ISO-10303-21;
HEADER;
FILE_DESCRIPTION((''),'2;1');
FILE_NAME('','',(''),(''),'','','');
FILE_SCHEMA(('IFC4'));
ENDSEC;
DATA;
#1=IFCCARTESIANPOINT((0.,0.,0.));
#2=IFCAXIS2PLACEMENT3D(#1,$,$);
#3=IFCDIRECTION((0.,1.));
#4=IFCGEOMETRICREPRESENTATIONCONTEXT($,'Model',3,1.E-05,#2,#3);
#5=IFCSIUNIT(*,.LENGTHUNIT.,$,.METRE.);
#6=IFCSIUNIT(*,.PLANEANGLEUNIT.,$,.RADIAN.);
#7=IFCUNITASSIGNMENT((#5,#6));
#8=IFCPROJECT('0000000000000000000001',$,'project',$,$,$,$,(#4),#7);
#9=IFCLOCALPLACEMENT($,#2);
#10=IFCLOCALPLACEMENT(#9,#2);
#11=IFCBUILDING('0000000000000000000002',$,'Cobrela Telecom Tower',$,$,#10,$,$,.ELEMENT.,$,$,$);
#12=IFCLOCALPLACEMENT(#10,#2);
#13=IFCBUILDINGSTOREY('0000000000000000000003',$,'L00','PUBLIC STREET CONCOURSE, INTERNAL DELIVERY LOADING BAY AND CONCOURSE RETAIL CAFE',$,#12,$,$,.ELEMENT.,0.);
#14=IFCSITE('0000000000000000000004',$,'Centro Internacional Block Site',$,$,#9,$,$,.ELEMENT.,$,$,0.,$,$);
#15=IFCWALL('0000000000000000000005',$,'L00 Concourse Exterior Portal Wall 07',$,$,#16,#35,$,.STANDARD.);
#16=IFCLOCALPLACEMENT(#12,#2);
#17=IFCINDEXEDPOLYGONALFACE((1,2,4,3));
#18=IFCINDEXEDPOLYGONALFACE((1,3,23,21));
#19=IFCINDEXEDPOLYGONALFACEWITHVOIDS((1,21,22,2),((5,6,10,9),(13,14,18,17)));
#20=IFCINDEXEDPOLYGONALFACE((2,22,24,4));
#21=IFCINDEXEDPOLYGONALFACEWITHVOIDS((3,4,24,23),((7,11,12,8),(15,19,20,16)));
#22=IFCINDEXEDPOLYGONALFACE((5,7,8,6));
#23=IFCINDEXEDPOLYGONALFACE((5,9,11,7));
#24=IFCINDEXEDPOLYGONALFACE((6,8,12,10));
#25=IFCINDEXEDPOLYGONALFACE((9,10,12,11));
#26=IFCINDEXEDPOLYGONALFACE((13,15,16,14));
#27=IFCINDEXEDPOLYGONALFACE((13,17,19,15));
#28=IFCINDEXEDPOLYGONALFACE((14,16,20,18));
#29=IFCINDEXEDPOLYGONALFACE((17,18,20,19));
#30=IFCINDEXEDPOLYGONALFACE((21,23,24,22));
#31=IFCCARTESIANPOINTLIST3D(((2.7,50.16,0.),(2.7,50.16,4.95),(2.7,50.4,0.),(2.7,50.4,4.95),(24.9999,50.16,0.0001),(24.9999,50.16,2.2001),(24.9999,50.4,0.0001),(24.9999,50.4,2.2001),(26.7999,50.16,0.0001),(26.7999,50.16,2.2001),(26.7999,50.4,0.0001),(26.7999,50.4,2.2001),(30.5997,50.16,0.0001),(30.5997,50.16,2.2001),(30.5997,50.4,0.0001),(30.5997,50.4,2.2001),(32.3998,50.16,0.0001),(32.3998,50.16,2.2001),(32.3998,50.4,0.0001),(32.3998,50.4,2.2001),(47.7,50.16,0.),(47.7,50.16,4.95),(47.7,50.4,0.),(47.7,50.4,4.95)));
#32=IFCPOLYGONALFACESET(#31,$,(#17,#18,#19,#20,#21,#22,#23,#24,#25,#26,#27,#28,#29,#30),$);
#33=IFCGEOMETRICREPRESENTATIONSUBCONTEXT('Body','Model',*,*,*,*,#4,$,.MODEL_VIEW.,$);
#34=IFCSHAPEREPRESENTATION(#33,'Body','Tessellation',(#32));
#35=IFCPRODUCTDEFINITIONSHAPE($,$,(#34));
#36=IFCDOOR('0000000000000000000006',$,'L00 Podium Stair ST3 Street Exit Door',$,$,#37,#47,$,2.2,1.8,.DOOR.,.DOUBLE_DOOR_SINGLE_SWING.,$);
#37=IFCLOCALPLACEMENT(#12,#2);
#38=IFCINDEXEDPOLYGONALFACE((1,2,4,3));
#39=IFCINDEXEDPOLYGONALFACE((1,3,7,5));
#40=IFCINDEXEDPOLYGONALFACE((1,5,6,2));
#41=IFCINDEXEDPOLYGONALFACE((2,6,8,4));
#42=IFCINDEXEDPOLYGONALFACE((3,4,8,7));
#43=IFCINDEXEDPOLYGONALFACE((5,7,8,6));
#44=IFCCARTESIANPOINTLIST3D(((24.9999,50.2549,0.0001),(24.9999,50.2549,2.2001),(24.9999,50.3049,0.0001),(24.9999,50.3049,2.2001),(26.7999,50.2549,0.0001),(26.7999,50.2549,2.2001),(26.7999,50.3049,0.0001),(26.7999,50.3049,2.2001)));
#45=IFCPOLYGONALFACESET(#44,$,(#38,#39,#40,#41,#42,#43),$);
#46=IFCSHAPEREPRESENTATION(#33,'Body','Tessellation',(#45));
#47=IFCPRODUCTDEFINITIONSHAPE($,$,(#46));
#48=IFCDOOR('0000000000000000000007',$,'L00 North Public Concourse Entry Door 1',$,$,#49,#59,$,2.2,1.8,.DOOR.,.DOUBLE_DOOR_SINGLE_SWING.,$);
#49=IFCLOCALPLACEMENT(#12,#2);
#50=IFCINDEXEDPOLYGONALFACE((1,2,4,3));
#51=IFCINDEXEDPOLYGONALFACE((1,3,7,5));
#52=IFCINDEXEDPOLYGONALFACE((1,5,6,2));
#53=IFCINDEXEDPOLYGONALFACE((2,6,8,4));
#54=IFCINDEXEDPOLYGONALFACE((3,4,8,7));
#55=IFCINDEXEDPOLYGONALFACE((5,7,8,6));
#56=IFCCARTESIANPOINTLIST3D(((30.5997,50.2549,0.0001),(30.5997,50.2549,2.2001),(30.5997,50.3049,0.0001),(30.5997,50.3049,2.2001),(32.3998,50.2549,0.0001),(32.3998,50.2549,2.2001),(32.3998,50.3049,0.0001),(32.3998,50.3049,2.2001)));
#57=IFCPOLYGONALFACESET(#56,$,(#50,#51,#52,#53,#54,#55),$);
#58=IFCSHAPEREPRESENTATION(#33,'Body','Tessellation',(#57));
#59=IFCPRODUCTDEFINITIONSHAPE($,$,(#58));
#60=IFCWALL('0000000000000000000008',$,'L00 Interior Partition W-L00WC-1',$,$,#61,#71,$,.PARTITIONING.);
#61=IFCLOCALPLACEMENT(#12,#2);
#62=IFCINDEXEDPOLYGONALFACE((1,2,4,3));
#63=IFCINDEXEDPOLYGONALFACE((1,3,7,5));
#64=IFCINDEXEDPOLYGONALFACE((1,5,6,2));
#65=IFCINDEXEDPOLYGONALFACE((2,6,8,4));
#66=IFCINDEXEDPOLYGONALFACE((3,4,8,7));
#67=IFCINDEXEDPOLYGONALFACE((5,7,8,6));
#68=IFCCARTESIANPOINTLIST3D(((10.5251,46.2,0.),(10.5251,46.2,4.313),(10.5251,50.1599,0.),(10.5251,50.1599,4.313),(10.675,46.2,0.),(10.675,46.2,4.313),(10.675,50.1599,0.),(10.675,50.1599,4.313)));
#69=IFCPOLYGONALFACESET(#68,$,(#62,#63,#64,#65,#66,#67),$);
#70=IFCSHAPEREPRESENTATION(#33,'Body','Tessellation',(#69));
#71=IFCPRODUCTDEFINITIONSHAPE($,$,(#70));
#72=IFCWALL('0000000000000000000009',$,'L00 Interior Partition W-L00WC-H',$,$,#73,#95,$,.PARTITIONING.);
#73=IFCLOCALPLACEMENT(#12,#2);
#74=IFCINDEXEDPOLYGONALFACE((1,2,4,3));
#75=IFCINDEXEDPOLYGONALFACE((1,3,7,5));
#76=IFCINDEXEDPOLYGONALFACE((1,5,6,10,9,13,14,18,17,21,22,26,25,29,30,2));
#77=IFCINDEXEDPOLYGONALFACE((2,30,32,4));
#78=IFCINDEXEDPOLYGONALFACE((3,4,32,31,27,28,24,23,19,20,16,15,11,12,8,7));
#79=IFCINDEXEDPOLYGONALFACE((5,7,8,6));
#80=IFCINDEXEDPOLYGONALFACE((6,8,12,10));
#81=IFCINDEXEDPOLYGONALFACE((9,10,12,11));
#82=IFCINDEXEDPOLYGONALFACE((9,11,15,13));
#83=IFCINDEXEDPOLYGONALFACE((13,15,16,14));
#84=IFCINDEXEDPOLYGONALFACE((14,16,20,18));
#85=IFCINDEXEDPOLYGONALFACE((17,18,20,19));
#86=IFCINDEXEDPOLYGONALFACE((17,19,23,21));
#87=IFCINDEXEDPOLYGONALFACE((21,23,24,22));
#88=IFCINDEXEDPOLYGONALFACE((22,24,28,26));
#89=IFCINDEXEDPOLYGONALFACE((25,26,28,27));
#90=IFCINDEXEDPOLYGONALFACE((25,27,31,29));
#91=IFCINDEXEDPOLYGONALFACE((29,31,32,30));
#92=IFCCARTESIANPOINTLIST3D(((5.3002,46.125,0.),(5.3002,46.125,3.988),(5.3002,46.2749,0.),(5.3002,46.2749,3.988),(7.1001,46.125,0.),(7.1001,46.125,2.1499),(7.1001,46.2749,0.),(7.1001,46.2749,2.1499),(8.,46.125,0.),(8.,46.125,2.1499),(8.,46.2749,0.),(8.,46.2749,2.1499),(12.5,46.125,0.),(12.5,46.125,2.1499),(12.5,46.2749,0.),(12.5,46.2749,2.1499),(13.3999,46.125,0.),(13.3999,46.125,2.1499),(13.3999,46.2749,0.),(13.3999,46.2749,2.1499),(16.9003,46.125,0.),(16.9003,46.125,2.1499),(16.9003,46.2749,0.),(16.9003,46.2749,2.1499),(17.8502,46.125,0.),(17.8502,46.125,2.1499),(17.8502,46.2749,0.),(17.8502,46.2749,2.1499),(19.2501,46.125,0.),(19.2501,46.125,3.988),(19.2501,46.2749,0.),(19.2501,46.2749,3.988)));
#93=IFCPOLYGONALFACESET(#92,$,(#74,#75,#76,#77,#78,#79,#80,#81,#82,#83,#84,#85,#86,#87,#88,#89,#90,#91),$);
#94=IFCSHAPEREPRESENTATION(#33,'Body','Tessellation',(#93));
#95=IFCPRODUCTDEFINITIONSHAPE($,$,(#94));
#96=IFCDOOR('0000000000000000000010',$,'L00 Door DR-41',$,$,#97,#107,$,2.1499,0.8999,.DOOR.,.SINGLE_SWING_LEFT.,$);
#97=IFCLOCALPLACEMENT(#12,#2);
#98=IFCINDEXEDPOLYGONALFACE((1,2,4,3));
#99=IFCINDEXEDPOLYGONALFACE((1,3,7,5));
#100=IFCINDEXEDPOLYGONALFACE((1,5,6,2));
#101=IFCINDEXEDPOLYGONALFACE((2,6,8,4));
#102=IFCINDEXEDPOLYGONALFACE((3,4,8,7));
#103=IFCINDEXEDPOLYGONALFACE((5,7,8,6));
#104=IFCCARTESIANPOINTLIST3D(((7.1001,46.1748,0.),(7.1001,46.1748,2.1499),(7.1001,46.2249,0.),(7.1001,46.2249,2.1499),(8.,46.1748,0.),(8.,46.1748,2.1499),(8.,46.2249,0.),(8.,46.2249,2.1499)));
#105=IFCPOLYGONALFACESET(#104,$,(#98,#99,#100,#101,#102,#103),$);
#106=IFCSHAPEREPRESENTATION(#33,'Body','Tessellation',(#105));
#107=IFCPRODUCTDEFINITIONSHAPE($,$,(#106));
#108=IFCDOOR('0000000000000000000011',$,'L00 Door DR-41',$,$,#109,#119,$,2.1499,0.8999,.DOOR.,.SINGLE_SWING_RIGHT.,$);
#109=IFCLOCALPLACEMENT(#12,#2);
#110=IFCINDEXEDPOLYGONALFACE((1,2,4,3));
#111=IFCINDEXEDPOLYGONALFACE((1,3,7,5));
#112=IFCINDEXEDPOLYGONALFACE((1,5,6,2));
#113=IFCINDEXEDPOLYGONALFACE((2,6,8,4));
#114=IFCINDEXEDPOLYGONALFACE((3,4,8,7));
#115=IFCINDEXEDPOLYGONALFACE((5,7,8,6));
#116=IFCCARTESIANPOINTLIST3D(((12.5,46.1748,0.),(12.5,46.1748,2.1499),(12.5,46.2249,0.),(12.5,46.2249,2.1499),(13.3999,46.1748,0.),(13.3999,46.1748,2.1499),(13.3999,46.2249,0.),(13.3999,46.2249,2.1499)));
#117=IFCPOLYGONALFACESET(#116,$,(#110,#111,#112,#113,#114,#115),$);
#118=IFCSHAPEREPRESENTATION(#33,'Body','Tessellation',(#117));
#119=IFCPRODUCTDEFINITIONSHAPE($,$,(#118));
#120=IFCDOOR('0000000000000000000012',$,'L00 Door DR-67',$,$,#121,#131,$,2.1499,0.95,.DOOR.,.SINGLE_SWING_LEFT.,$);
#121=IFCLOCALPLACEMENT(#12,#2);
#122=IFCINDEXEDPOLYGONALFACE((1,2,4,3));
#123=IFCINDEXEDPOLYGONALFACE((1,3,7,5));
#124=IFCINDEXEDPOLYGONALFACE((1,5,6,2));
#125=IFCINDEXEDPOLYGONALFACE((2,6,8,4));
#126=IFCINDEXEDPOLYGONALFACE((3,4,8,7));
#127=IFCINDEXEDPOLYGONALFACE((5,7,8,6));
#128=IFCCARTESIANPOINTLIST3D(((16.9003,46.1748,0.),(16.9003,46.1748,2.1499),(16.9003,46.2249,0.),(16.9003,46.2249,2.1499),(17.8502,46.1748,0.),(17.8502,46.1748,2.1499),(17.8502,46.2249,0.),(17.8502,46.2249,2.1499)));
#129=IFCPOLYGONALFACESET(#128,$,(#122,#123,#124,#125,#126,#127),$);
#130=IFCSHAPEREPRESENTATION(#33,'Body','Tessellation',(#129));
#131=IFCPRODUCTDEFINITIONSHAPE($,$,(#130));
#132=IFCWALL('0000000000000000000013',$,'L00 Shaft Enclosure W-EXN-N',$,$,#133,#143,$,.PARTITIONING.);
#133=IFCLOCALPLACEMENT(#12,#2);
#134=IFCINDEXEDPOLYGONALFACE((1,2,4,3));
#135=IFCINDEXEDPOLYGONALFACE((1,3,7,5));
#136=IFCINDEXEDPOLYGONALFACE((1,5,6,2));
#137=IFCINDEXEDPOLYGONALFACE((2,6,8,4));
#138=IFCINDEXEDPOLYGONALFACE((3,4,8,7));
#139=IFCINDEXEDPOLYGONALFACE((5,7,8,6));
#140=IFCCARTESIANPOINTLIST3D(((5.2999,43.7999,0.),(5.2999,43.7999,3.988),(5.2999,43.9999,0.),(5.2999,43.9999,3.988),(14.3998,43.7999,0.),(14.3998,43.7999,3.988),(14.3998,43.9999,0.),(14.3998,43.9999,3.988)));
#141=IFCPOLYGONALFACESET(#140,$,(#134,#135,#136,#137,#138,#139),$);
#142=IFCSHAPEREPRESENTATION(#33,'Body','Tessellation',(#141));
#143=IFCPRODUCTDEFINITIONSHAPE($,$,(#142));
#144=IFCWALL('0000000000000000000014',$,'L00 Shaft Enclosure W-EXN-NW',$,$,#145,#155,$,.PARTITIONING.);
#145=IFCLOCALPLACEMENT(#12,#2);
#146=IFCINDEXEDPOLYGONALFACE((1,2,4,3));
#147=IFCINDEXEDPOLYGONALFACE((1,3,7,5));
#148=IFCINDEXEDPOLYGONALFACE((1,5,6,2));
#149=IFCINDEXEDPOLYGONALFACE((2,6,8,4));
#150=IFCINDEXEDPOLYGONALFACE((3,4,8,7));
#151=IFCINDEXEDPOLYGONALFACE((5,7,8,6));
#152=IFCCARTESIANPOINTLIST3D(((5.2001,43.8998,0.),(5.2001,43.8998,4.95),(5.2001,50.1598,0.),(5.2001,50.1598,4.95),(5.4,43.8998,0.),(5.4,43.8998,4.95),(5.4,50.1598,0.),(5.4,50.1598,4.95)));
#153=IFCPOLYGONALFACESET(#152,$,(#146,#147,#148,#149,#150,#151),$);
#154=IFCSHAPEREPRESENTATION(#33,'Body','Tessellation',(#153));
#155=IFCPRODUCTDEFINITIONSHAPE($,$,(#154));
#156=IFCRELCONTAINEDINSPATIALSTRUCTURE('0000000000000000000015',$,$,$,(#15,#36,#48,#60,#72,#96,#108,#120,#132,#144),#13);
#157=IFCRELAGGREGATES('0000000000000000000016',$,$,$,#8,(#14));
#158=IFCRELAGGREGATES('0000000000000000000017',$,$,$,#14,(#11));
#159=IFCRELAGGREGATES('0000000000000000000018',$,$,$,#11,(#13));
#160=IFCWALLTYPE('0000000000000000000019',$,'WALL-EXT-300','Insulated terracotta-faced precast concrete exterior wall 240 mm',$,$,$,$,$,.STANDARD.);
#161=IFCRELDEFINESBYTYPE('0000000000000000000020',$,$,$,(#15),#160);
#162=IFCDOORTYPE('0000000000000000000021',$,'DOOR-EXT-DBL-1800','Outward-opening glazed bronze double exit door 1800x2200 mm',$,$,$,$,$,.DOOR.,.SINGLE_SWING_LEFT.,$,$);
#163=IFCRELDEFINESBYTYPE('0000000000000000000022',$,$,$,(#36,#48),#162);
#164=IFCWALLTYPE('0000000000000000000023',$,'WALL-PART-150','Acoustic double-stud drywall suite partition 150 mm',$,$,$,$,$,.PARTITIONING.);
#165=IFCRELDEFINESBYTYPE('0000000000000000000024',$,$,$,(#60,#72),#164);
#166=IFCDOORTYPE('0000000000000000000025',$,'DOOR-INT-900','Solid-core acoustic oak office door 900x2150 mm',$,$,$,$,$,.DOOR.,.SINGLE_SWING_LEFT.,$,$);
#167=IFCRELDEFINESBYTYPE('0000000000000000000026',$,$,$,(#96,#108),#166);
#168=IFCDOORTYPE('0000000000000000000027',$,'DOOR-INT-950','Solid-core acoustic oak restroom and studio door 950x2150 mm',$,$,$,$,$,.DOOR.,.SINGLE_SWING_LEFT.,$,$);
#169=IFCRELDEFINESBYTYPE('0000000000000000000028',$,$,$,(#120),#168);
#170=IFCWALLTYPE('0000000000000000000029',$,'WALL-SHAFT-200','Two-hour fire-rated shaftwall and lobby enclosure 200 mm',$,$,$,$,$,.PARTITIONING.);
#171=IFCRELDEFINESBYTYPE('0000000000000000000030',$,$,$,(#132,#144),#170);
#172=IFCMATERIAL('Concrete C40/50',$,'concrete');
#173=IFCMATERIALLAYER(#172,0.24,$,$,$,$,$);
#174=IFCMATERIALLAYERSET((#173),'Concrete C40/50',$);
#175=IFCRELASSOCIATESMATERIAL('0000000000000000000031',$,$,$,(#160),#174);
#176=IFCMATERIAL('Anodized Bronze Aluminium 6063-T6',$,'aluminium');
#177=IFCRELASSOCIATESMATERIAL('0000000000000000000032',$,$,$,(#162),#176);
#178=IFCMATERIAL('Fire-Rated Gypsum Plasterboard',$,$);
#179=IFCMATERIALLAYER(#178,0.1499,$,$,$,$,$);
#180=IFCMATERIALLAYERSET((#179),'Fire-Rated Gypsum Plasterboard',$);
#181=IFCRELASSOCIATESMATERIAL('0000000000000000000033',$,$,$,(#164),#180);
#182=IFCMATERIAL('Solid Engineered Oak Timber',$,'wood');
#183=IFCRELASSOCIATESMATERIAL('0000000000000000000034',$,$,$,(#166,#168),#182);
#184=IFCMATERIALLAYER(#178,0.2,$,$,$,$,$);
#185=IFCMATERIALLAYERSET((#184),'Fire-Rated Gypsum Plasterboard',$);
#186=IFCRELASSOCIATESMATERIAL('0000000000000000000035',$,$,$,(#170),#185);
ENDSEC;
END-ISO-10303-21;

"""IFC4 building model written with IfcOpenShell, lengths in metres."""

from ifc_helpers import new_model, si_unit, direction, frame, frame_2d, origin, place, context, subcontext, project, spatial, rectangle, extrude, material, layer, layer_set, type_object, element, fill, save


model = new_model("IFC4")

# Units and contexts
model_context = context("Model", 3, precision=1e-05, world=origin(), true_north=direction((0.0, 1.0)))
body_context = subcontext(model_context, "Body", "Model", "MODEL_VIEW")
ifc_project = project(units=[si_unit("LENGTHUNIT", "METRE"), si_unit("PLANEANGLEUNIT", "RADIAN")], contexts=[model_context])

# Site, building, storey
site_placement = place(None, origin())
site = spatial("IfcSite", under=ifc_project, at=site_placement, Name="Centro Internacional Block Site", CompositionType="ELEMENT", RefElevation=0.0)
building_placement = place(site_placement, origin())
building = spatial("IfcBuilding", under=site, at=building_placement, Name="Cobrela Telecom Tower", CompositionType="ELEMENT")
storey_placement = place(building_placement, origin())
storey = spatial("IfcBuildingStorey", under=building, at=storey_placement, Name="L00", Description="PUBLIC STREET CONCOURSE, INTERNAL DELIVERY LOADING BAY AND CONCOURSE RETAIL CAFE", CompositionType="ELEMENT", Elevation=0.0)

# Shared definitions
ifc_material_1 = material(Name="Concrete C40/50", Category="concrete")

# Shared definitions
ifc_layer_1 = layer(ifc_material_1, 0.24)
ifc_layer_set_1 = layer_set([ifc_layer_1], Name="Concrete C40/50")
wall_type_1 = type_object("IfcWallType", Name="WALL-EXT-300", Description="Insulated terracotta-faced precast concrete exterior wall 240 mm", PredefinedType="STANDARD", material=ifc_layer_set_1)
ifc_material_2 = material(Name="Anodized Bronze Aluminium 6063-T6", Category="aluminium")

# Wall, openings, doors
wall_1_placement = place(storey_placement, frame((2.7, 50.28, 0.0), z_axis=(0.0, 0.0, 1.0), x_axis=(1.0, 0.0, 0.0)))
wall_1 = element("IfcWall", 1, at=wall_1_placement, inside=storey, type_object=wall_type_1, Name="L00 Concourse Exterior Portal Wall 07", PredefinedType="STANDARD", context=body_context, shape_type="SweptSolid", body=[
    extrude(rectangle(XDim=45.0, YDim=0.24, at=frame_2d((22.5, 0.0))), origin(), (0.0, 0.0, 1.0), 4.95),
])
opening_1_placement = place(wall_1_placement, frame((22.3, 0.0, 0.0)))
opening_1 = element("IfcOpeningElement", 2, at=opening_1_placement, cuts=wall_1, PredefinedType="OPENING", context=body_context, shape_type="SweptSolid", body=[
    extrude(rectangle(XDim=1.8, YDim=2.2, at=frame_2d((0.8999, 1.1001))), frame((0.0, 0.1318, 0.0), z_axis=(0.0, -1.0, 0.0), x_axis=(1.0, 0.0, 0.0)), (0.0, 0.0, 1.0), 0.2639),
])
opening_2_placement = place(wall_1_placement, frame((27.8999, 0.0, 0.0)))
opening_2 = element("IfcOpeningElement", 3, at=opening_2_placement, cuts=wall_1, PredefinedType="OPENING", context=body_context, shape_type="SweptSolid", body=[
    extrude(rectangle(XDim=1.8, YDim=2.2, at=frame_2d((0.8999, 1.1001))), frame((0.0, 0.1318, 0.0), z_axis=(0.0, -1.0, 0.0), x_axis=(1.0, 0.0, 0.0)), (0.0, 0.0, 1.0), 0.2639),
])
door_type_1 = type_object("IfcDoorType", Name="DOOR-EXT-DBL-1800", Description="Outward-opening glazed bronze double exit door 1800x2200 mm", OperationType="SINGLE_SWING_LEFT", PredefinedType="DOOR", material=ifc_material_2)
door_1_placement = place(opening_1_placement, origin())
door_1 = element("IfcDoor", 4, at=door_1_placement, inside=storey, type_object=door_type_1, Name="L00 Podium Stair ST3 Street Exit Door", OperationType="DOUBLE_DOOR_SINGLE_SWING", OverallHeight=2.2, OverallWidth=1.8, PredefinedType="DOOR", context=body_context, shape_type="SweptSolid", body=[
    extrude(rectangle(XDim=1.8, YDim=2.2, at=frame_2d((0.8999, 1.1001))), frame((0.0, 0.0249, 0.0), z_axis=(0.0, -1.0, 0.0), x_axis=(1.0, 0.0, 0.0)), (0.0, 0.0, 1.0), 0.05),
])
fill(opening_1, door_1)
door_2_placement = place(opening_2_placement, origin())
door_2 = element("IfcDoor", 5, at=door_2_placement, inside=storey, type_object=door_type_1, Name="L00 North Public Concourse Entry Door 1", OperationType="DOUBLE_DOOR_SINGLE_SWING", OverallHeight=2.2, OverallWidth=1.8, PredefinedType="DOOR", context=body_context, shape_type="SweptSolid", body=[
    extrude(rectangle(XDim=1.8, YDim=2.2, at=frame_2d((0.8999, 1.1001))), frame((0.0, 0.0249, 0.0), z_axis=(0.0, -1.0, 0.0), x_axis=(1.0, 0.0, 0.0)), (0.0, 0.0, 1.0), 0.05),
])
fill(opening_2, door_2)

# Wall
ifc_material_3 = material(Name="Fire-Rated Gypsum Plasterboard")
ifc_layer_2 = layer(ifc_material_3, 0.1499)
ifc_layer_set_2 = layer_set([ifc_layer_2], Name="Fire-Rated Gypsum Plasterboard")
wall_type_2 = type_object("IfcWallType", Name="WALL-PART-150", Description="Acoustic double-stud drywall suite partition 150 mm", PredefinedType="PARTITIONING", material=ifc_layer_set_2)
wall_2_placement = place(storey_placement, frame((10.6001, 46.2, 0.0), z_axis=(0.0, 0.0, 1.0), x_axis=(0.0, 1.0, 0.0)))
element("IfcWall", 6, at=wall_2_placement, inside=storey, type_object=wall_type_2, Name="L00 Interior Partition W-L00WC-1", PredefinedType="PARTITIONING", context=body_context, shape_type="SweptSolid", body=[
    extrude(rectangle(XDim=3.96, YDim=0.1499, at=frame_2d((1.98, 0.0))), origin(), (0.0, 0.0, 1.0), 4.313),
])

# Wall, openings, doors
wall_3_placement = place(storey_placement, frame((5.3, 46.2, 0.0), z_axis=(0.0, 0.0, 1.0), x_axis=(1.0, 0.0, 0.0)))
wall_3 = element("IfcWall", 7, at=wall_3_placement, inside=storey, type_object=wall_type_2, Name="L00 Interior Partition W-L00WC-H", PredefinedType="PARTITIONING", context=body_context, shape_type="SweptSolid", body=[
    extrude(rectangle(XDim=13.95, YDim=0.1499, at=frame_2d((6.9751, 0.0))), origin(), (0.0, 0.0, 1.0), 3.988),
])
opening_3_placement = place(wall_3_placement, frame((1.8, 0.0, 0.0)))
opening_3 = element("IfcOpeningElement", 8, at=opening_3_placement, cuts=wall_3, PredefinedType="OPENING", context=body_context, shape_type="SweptSolid", body=[
    extrude(rectangle(XDim=0.8999, YDim=2.1499, at=frame_2d((0.45, 1.075))), frame((0.0, 0.0869, 0.0), z_axis=(0.0, -1.0, 0.0), x_axis=(1.0, 0.0, 0.0)), (0.0, 0.0, 1.0), 0.1738),
])
opening_4_placement = place(wall_3_placement, frame((7.2, 0.0, 0.0)))
opening_4 = element("IfcOpeningElement", 9, at=opening_4_placement, cuts=wall_3, PredefinedType="OPENING", context=body_context, shape_type="SweptSolid", body=[
    extrude(rectangle(XDim=0.8999, YDim=2.1499, at=frame_2d((0.45, 1.075))), frame((0.0, 0.0869, 0.0), z_axis=(0.0, -1.0, 0.0), x_axis=(1.0, 0.0, 0.0)), (0.0, 0.0, 1.0), 0.1738),
])
opening_5_placement = place(wall_3_placement, frame((11.6001, 0.0, 0.0)))
opening_5 = element("IfcOpeningElement", 10, at=opening_5_placement, cuts=wall_3, PredefinedType="OPENING", context=body_context, shape_type="SweptSolid", body=[
    extrude(rectangle(XDim=0.95, YDim=2.1499, at=frame_2d((0.4751, 1.075))), frame((0.0, 0.0869, 0.0), z_axis=(0.0, -1.0, 0.0), x_axis=(1.0, 0.0, 0.0)), (0.0, 0.0, 1.0), 0.1738),
])
ifc_material_4 = material(Name="Solid Engineered Oak Timber", Category="wood")
door_type_2 = type_object("IfcDoorType", Name="DOOR-INT-900", Description="Solid-core acoustic oak office door 900x2150 mm", OperationType="SINGLE_SWING_LEFT", PredefinedType="DOOR", material=ifc_material_4)
door_3_placement = place(opening_3_placement, origin())
door_3 = element("IfcDoor", 11, at=door_3_placement, inside=storey, type_object=door_type_2, Name="L00 Door DR-41", OperationType="SINGLE_SWING_LEFT", OverallHeight=2.1499, OverallWidth=0.8999, PredefinedType="DOOR", context=body_context, shape_type="SweptSolid", body=[
    extrude(rectangle(XDim=0.8999, YDim=2.1499, at=frame_2d((0.45, 1.075))), frame((0.0, 0.0249, 0.0), z_axis=(0.0, -1.0, 0.0), x_axis=(1.0, 0.0, 0.0)), (0.0, 0.0, 1.0), 0.05),
])
fill(opening_3, door_3)
door_4_placement = place(opening_4_placement, origin())
door_4 = element("IfcDoor", 12, at=door_4_placement, inside=storey, type_object=door_type_2, Name="L00 Door DR-41", OperationType="SINGLE_SWING_RIGHT", OverallHeight=2.1499, OverallWidth=0.8999, PredefinedType="DOOR", context=body_context, shape_type="SweptSolid", body=[
    extrude(rectangle(XDim=0.8999, YDim=2.1499, at=frame_2d((0.45, 1.075))), frame((0.0, 0.0249, 0.0), z_axis=(0.0, -1.0, 0.0), x_axis=(1.0, 0.0, 0.0)), (0.0, 0.0, 1.0), 0.05),
])
fill(opening_4, door_4)
door_type_3 = type_object("IfcDoorType", Name="DOOR-INT-950", Description="Solid-core acoustic oak restroom and studio door 950x2150 mm", OperationType="SINGLE_SWING_LEFT", PredefinedType="DOOR", material=ifc_material_4)
door_5_placement = place(opening_5_placement, origin())
door_5 = element("IfcDoor", 13, at=door_5_placement, inside=storey, type_object=door_type_3, Name="L00 Door DR-67", OperationType="SINGLE_SWING_LEFT", OverallHeight=2.1499, OverallWidth=0.95, PredefinedType="DOOR", context=body_context, shape_type="SweptSolid", body=[
    extrude(rectangle(XDim=0.95, YDim=2.1499, at=frame_2d((0.4751, 1.075))), frame((0.0, 0.0249, 0.0), z_axis=(0.0, -1.0, 0.0), x_axis=(1.0, 0.0, 0.0)), (0.0, 0.0, 1.0), 0.05),
])
fill(opening_5, door_5)

# Walls
ifc_layer_3 = layer(ifc_material_3, 0.2)
ifc_layer_set_3 = layer_set([ifc_layer_3], Name="Fire-Rated Gypsum Plasterboard")
wall_type_3 = type_object("IfcWallType", Name="WALL-SHAFT-200", Description="Two-hour fire-rated shaftwall and lobby enclosure 200 mm", PredefinedType="PARTITIONING", material=ifc_layer_set_3)
wall_4_placement = place(storey_placement, frame((5.3, 43.8999, 0.0), z_axis=(0.0, 0.0, 1.0), x_axis=(1.0, 0.0, 0.0)))
element("IfcWall", 14, at=wall_4_placement, inside=storey, type_object=wall_type_3, Name="L00 Shaft Enclosure W-EXN-N", PredefinedType="PARTITIONING", context=body_context, shape_type="SweptSolid", body=[
    extrude(rectangle(XDim=9.0999, YDim=0.2, at=frame_2d((4.5498, 0.0))), origin(), (0.0, 0.0, 1.0), 3.988),
])
wall_5_placement = place(storey_placement, frame((5.3, 43.8999, 0.0), z_axis=(0.0, 0.0, 1.0), x_axis=(0.0, 1.0, 0.0)))
element("IfcWall", 15, at=wall_5_placement, inside=storey, type_object=wall_type_3, Name="L00 Shaft Enclosure W-EXN-NW", PredefinedType="PARTITIONING", context=body_context, shape_type="SweptSolid", body=[
    extrude(rectangle(XDim=6.26, YDim=0.2, at=frame_2d((3.1299, 0.0))), origin(), (0.0, 0.0, 1.0), 4.95),
])

save(model, "model.ifc")
